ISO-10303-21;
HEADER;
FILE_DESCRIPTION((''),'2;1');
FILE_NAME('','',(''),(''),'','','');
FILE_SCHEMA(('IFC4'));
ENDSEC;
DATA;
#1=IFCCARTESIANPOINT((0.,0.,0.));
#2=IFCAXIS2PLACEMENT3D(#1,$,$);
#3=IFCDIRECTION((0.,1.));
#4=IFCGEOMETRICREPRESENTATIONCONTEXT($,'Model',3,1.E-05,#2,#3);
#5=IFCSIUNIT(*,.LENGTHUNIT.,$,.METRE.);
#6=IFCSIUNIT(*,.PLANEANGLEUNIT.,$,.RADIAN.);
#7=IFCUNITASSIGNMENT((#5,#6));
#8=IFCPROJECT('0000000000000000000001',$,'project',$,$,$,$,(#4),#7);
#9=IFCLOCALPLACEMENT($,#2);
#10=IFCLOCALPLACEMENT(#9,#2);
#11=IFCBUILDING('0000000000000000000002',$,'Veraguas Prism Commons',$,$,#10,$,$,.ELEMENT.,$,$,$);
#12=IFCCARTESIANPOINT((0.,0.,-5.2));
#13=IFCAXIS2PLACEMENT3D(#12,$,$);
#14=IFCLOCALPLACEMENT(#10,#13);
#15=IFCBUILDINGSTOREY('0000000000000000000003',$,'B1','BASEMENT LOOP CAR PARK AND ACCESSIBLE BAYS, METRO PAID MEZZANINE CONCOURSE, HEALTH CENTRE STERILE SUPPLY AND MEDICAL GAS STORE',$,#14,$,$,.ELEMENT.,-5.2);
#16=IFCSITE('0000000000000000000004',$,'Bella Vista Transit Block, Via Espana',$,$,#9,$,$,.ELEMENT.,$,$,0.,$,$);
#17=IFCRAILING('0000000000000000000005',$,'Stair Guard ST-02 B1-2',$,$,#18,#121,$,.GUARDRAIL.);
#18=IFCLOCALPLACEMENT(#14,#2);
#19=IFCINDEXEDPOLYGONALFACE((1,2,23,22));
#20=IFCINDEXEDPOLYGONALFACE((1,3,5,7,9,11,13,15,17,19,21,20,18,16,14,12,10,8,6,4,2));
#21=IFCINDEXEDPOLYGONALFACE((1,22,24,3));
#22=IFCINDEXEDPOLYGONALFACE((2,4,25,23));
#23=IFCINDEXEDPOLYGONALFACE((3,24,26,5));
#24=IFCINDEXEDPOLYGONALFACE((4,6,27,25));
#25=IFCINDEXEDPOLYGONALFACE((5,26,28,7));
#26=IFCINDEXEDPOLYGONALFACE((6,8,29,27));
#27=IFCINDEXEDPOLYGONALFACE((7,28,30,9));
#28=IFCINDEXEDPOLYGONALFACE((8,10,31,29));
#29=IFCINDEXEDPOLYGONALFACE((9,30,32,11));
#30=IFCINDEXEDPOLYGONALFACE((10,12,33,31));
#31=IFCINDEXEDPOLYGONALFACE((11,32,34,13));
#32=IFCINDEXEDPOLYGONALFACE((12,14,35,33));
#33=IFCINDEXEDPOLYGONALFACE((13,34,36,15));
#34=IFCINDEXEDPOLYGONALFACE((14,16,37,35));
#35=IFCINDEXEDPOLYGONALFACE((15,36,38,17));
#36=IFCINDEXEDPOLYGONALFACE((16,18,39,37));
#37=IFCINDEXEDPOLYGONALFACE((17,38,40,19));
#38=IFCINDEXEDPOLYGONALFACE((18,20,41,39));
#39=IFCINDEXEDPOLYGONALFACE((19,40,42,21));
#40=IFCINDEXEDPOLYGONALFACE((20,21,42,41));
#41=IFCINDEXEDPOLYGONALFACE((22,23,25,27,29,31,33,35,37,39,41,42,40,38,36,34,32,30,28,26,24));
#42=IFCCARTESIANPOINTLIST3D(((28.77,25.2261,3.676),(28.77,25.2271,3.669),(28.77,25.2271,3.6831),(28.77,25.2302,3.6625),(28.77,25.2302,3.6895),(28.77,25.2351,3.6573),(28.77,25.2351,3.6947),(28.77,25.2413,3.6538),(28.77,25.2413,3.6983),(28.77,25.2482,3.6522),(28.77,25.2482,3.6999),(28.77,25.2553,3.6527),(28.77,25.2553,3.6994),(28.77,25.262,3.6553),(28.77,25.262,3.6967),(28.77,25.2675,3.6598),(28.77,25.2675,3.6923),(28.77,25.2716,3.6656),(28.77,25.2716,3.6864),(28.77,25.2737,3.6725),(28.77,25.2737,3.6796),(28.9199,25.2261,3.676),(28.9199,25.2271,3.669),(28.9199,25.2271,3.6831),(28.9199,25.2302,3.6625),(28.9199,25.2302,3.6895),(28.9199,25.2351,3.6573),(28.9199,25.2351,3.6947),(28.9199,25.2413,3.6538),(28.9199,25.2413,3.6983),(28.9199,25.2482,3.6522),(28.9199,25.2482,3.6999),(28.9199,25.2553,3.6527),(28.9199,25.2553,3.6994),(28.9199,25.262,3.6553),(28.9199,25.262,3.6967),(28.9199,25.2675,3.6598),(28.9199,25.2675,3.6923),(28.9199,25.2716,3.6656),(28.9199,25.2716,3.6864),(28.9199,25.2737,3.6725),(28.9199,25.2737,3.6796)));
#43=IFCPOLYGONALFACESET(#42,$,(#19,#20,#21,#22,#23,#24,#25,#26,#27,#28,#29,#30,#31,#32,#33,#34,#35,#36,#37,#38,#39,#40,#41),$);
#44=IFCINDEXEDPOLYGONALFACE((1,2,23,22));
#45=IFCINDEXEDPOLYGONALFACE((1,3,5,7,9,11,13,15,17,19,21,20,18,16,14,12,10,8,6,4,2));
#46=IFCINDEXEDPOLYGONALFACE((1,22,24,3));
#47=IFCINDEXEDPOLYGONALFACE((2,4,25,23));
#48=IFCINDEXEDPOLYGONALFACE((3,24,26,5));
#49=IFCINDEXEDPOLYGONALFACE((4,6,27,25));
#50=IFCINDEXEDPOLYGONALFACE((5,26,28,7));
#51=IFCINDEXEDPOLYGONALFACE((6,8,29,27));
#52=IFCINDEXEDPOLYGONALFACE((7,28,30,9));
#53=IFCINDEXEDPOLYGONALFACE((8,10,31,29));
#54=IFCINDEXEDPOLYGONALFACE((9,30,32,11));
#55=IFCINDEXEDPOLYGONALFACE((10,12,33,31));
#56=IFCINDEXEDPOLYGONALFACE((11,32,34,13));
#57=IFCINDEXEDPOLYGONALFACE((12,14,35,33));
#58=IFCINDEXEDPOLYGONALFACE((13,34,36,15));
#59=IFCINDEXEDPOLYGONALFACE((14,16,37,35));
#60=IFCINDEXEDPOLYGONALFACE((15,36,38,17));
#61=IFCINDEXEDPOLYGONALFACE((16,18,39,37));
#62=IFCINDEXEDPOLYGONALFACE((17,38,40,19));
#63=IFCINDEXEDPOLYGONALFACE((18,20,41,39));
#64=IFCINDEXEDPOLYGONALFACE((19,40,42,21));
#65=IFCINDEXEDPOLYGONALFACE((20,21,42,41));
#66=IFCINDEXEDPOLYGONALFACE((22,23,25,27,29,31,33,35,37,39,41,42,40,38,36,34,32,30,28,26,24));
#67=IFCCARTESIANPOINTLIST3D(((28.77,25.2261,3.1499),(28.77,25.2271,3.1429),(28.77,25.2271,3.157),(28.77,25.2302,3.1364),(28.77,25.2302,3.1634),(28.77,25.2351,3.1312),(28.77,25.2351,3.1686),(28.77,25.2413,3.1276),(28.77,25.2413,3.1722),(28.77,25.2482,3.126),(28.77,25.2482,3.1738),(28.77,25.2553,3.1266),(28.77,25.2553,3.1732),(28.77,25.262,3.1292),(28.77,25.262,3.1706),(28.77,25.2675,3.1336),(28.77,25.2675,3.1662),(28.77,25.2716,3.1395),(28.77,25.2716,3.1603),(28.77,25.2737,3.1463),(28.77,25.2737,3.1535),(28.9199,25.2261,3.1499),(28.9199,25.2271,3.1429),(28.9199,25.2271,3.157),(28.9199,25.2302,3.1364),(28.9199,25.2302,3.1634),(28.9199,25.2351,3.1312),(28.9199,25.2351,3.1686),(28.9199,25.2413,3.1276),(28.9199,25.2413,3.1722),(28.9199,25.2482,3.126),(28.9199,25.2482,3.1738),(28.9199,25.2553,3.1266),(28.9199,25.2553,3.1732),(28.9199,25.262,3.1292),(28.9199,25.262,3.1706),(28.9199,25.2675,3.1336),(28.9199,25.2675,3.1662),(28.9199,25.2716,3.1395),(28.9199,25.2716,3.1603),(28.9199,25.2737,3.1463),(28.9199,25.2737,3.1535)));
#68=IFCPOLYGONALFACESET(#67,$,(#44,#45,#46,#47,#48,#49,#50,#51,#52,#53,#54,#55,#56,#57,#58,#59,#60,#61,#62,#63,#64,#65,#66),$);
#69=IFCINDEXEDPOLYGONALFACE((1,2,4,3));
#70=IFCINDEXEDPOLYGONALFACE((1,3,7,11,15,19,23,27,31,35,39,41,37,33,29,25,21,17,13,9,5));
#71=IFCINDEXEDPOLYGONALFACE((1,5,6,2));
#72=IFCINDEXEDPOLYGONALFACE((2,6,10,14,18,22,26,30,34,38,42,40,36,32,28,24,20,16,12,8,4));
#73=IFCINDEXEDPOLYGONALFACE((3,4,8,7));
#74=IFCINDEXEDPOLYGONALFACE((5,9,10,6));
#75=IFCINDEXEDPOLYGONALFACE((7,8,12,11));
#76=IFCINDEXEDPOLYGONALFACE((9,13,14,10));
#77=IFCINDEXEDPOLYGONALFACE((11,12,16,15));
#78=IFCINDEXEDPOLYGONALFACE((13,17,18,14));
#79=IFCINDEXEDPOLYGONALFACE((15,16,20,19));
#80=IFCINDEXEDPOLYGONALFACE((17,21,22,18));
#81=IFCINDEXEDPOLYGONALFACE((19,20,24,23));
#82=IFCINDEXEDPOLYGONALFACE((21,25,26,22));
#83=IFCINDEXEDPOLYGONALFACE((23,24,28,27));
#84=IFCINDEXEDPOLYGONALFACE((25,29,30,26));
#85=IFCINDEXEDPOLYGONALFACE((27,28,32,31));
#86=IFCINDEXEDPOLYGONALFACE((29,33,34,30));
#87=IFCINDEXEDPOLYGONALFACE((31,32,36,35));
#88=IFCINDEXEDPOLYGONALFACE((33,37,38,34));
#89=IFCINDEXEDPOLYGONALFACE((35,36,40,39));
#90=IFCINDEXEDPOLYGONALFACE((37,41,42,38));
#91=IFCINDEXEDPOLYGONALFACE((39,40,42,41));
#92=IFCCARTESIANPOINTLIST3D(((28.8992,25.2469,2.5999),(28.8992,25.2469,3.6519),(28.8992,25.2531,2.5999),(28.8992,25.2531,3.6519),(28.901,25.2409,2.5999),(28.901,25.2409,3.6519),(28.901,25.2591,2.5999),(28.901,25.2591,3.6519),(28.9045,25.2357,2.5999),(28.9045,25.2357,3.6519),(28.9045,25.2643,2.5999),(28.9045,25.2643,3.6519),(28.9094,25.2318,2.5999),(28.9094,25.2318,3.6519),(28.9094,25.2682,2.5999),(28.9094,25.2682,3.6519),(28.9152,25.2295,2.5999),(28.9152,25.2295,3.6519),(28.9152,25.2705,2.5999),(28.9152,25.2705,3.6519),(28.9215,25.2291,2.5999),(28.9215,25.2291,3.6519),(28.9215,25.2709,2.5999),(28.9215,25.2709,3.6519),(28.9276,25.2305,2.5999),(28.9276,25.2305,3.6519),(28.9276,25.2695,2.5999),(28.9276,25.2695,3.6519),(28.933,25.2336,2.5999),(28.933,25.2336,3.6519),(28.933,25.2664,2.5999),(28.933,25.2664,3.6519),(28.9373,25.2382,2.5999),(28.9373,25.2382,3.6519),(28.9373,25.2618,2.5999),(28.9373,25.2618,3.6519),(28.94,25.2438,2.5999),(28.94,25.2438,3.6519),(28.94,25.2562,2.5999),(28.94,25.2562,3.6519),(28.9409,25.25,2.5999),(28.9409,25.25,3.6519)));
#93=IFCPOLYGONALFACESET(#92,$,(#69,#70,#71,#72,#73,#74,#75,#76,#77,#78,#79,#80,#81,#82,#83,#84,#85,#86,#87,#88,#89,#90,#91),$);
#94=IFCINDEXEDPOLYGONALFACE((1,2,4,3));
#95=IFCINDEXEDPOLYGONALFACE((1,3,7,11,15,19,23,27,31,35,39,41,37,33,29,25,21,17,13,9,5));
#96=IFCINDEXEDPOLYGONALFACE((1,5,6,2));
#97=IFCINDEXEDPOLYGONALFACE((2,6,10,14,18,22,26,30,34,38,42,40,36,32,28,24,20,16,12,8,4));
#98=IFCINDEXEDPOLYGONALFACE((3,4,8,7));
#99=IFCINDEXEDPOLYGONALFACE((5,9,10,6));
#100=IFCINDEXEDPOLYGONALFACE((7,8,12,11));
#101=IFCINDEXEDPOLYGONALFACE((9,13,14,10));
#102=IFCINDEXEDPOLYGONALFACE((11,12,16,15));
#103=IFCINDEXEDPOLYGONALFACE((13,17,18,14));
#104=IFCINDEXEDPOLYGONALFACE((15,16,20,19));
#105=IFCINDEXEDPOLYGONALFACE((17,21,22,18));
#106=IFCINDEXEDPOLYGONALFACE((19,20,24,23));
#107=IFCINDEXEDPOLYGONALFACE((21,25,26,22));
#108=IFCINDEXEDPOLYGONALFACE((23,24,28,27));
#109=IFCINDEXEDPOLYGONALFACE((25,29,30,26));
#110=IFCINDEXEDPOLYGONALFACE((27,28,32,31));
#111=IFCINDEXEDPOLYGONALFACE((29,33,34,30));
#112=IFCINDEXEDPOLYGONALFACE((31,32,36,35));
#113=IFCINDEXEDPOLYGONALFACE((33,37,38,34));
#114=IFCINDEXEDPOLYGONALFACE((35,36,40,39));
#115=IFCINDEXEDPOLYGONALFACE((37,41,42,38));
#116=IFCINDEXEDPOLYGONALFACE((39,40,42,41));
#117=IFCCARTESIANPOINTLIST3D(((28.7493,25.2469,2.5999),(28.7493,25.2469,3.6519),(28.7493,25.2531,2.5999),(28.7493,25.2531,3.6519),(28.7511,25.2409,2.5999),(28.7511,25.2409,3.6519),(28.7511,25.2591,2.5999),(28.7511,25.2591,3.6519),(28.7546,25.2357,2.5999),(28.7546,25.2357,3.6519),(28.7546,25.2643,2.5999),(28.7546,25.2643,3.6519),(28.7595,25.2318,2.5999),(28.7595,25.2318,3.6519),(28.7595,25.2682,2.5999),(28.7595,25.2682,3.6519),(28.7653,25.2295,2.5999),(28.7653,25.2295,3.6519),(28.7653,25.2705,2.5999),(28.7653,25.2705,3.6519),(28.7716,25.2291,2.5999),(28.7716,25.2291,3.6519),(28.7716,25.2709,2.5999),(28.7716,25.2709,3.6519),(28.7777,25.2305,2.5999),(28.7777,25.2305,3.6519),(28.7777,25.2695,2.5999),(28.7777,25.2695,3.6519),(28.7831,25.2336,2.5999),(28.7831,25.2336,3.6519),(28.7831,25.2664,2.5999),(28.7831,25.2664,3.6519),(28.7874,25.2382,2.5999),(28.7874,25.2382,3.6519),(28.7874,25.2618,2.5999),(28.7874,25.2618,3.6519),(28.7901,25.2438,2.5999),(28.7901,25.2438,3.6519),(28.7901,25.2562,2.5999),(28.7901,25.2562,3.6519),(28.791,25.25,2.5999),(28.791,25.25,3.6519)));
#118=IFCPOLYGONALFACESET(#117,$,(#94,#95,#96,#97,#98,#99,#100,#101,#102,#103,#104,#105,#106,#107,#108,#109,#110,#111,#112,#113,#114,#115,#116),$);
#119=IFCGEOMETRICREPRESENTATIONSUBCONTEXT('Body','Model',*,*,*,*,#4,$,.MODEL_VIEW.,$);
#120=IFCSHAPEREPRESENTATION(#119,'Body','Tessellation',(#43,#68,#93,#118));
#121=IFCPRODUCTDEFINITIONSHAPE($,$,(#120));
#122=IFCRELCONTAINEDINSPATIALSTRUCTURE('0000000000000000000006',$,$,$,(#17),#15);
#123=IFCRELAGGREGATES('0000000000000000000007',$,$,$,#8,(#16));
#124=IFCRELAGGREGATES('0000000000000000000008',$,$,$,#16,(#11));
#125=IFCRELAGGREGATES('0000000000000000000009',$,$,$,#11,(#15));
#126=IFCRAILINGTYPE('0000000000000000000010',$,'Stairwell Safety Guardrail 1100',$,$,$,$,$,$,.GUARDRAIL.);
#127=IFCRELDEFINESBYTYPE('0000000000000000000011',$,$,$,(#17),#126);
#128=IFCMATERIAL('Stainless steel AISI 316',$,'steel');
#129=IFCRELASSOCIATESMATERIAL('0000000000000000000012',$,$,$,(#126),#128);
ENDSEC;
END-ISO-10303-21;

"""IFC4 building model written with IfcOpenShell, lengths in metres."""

from ifc_helpers import new_model, si_unit, direction, frame, origin, origin_2d, place, context, subcontext, project, spatial, circle, extrude, material, type_object, element, save


model = new_model("IFC4")

# Units and contexts
model_context = context("Model", 3, precision=1e-05, world=origin(), true_north=direction((0.0, 1.0)))
body_context = subcontext(model_context, "Body", "Model", "MODEL_VIEW")
ifc_project = project(units=[si_unit("LENGTHUNIT", "METRE"), si_unit("PLANEANGLEUNIT", "RADIAN")], contexts=[model_context])

# Site, building, storey
site_placement = place(None, origin())
site = spatial("IfcSite", under=ifc_project, at=site_placement, Name="Bella Vista Transit Block, Via Espana", CompositionType="ELEMENT", RefElevation=0.0)
building_placement = place(site_placement, origin())
building = spatial("IfcBuilding", under=site, at=building_placement, Name="Veraguas Prism Commons", CompositionType="ELEMENT")
storey_placement = place(building_placement, frame((0.0, 0.0, -5.2)))
storey = spatial("IfcBuildingStorey", under=building, at=storey_placement, Name="B1", Description="BASEMENT LOOP CAR PARK AND ACCESSIBLE BAYS, METRO PAID MEZZANINE CONCOURSE, HEALTH CENTRE STERILE SUPPLY AND MEDICAL GAS STORE", CompositionType="ELEMENT", Elevation=-5.2)

# Railing
ifc_material_1 = material(Name="Stainless steel AISI 316", Category="steel")
railing_type_1 = type_object("IfcRailingType", Name="Stairwell Safety Guardrail 1100", PredefinedType="GUARDRAIL", material=ifc_material_1)
railing_1_placement = place(storey_placement, frame((28.9199, 25.25, 2.5999)))
element("IfcRailing", 1, at=railing_1_placement, inside=storey, type_object=railing_type_1, Name="Stair Guard ST-02 B1-2", PredefinedType="GUARDRAIL", context=body_context, shape_type="SweptSolid", body=[
    extrude(circle(Radius=0.0239, at=origin_2d()), frame((0.0, 0.0, 1.0762), z_axis=(-1.0, 0.0, 0.0), x_axis=(0.0, -1.0, 0.0)), (0.0, 0.0, 1.0), 0.1499),
    extrude(circle(Radius=0.0239, at=origin_2d()), frame((0.0, 0.0, 0.55), z_axis=(-1.0, 0.0, 0.0), x_axis=(0.0, -1.0, 0.0)), (0.0, 0.0, 1.0), 0.1499),
    extrude(circle(Radius=0.021, at=origin_2d()), origin(), (0.0, 0.0, 1.0), 1.052),
    extrude(circle(Radius=0.021, at=origin_2d()), frame((-0.1499, 0.0, 0.0)), (0.0, 0.0, 1.0), 1.052),
])

save(model, "model.ifc")
